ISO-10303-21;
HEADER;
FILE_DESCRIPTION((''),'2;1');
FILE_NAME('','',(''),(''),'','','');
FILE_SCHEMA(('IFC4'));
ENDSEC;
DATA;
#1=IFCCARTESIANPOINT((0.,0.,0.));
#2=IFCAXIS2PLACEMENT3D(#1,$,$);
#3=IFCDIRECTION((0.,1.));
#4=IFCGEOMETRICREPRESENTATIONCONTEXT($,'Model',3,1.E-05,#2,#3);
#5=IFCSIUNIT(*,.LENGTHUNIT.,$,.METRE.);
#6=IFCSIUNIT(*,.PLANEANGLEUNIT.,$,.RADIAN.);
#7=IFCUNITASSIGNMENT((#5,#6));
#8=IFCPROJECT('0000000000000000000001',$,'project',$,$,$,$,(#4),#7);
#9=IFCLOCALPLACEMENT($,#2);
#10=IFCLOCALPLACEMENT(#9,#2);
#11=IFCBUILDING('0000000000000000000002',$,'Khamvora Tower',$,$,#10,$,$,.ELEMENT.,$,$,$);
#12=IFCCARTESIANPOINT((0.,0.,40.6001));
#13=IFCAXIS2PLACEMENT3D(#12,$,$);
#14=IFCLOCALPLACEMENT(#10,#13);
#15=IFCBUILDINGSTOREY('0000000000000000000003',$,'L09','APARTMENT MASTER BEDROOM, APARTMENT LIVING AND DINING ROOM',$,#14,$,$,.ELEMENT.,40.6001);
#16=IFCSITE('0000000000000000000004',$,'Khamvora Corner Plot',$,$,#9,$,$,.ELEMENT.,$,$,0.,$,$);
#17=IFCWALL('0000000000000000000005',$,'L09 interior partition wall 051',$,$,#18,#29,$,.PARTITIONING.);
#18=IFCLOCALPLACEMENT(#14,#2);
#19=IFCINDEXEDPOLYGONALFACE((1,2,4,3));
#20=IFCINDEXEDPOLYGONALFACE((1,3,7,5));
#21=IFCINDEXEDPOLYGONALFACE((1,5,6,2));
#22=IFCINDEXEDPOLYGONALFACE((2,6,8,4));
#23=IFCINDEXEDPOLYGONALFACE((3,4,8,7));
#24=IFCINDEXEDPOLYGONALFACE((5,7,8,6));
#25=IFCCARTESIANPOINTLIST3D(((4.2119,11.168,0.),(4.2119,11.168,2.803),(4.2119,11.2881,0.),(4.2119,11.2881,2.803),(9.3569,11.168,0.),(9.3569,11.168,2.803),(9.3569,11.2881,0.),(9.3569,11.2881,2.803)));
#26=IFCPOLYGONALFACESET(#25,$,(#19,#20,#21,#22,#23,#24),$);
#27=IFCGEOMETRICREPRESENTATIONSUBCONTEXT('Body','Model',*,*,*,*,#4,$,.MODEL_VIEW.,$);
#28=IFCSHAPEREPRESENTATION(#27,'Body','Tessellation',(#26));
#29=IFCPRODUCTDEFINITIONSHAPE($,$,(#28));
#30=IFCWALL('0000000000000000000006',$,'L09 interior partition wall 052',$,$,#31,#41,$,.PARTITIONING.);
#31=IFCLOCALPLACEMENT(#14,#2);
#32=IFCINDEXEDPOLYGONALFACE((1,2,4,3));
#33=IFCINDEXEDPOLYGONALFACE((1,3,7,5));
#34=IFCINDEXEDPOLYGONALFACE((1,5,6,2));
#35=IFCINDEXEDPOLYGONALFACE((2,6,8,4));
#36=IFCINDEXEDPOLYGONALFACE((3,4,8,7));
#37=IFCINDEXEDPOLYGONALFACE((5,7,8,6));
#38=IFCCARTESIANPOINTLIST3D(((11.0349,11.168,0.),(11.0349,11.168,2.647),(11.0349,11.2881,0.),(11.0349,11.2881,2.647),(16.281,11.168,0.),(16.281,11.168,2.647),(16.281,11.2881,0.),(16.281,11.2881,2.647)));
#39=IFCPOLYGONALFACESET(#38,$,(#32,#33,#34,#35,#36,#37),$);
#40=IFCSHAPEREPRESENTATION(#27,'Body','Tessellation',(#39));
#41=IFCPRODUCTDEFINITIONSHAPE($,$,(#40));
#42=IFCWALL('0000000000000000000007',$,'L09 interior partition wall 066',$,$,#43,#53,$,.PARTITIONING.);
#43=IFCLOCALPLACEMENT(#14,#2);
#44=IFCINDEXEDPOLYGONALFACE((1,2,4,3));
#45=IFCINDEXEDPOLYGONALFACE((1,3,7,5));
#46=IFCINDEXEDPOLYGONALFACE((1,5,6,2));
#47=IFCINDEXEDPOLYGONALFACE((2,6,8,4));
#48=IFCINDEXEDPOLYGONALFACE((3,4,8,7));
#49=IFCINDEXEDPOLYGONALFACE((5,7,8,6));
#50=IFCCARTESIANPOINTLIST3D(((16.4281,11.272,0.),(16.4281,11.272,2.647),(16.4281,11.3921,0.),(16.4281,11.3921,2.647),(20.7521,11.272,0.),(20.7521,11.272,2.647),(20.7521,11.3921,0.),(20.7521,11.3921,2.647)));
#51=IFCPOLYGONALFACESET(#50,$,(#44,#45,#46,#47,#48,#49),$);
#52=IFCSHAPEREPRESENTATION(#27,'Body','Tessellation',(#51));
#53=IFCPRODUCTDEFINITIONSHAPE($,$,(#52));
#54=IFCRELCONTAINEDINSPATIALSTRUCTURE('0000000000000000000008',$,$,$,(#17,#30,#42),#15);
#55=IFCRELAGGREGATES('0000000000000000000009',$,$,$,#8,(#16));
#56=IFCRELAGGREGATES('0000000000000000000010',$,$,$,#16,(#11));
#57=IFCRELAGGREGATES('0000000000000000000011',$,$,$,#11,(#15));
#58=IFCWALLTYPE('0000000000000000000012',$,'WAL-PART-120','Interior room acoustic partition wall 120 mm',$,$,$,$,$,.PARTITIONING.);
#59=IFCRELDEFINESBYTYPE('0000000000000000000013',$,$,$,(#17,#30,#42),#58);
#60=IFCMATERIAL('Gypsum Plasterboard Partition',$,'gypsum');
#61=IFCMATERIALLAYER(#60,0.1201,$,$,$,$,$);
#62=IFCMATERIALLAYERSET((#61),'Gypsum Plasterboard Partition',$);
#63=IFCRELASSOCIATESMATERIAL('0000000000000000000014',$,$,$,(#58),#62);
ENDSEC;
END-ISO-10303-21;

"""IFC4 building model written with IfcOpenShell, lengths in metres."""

from ifc_helpers import new_model, si_unit, direction, frame, frame_2d, origin, place, context, subcontext, project, spatial, rectangle, extrude, material, layer, layer_set, type_object, element, save


model = new_model("IFC4")

# Units and contexts
model_context = context("Model", 3, precision=1e-05, world=origin(), true_north=direction((0.0, 1.0)))
body_context = subcontext(model_context, "Body", "Model", "MODEL_VIEW")
ifc_project = project(units=[si_unit("LENGTHUNIT", "METRE"), si_unit("PLANEANGLEUNIT", "RADIAN")], contexts=[model_context])

# Site, building, storey
site_placement = place(None, origin())
site = spatial("IfcSite", under=ifc_project, at=site_placement, Name="Khamvora Corner Plot", CompositionType="ELEMENT", RefElevation=0.0)
building_placement = place(site_placement, origin())
building = spatial("IfcBuilding", under=site, at=building_placement, Name="Khamvora Tower", CompositionType="ELEMENT")
storey_placement = place(building_placement, frame((0.0, 0.0, 40.6001)))
storey = spatial("IfcBuildingStorey", under=building, at=storey_placement, Name="L09", Description="APARTMENT MASTER BEDROOM, APARTMENT LIVING AND DINING ROOM", CompositionType="ELEMENT", Elevation=40.6001)

# Shared definitions
ifc_material_1 = material(Name="Gypsum Plasterboard Partition", Category="gypsum")
ifc_layer_1 = layer(ifc_material_1, 0.1201)
ifc_layer_set_1 = layer_set([ifc_layer_1], Name="Gypsum Plasterboard Partition")
wall_type_1 = type_object("IfcWallType", Name="WAL-PART-120", Description="Interior room acoustic partition wall 120 mm", PredefinedType="PARTITIONING", material=ifc_layer_set_1)

# Walls
wall_1_placement = place(storey_placement, frame((4.2119, 11.228, 0.0), z_axis=(0.0, 0.0, 1.0), x_axis=(1.0, 0.0, 0.0)))
element("IfcWall", 1, at=wall_1_placement, inside=storey, type_object=wall_type_1, Name="L09 interior partition wall 051", PredefinedType="PARTITIONING", context=body_context, shape_type="SweptSolid", body=[
    extrude(rectangle(XDim=5.145, YDim=0.1201, at=frame_2d((2.5725, 0.0))), origin(), (0.0, 0.0, 1.0), 2.803),
])
wall_2_placement = place(storey_placement, frame((11.0349, 11.228, 0.0), z_axis=(0.0, 0.0, 1.0), x_axis=(1.0, 0.0, 0.0)))
element("IfcWall", 2, at=wall_2_placement, inside=storey, type_object=wall_type_1, Name="L09 interior partition wall 052", PredefinedType="PARTITIONING", context=body_context, shape_type="SweptSolid", body=[
    extrude(rectangle(XDim=5.2461, YDim=0.1201, at=frame_2d((2.623, 0.0))), origin(), (0.0, 0.0, 1.0), 2.647),
])
wall_3_placement = place(storey_placement, frame((16.428, 11.332, 0.0), z_axis=(0.0, 0.0, 1.0), x_axis=(1.0, 0.0, 0.0)))
element("IfcWall", 3, at=wall_3_placement, inside=storey, type_object=wall_type_1, Name="L09 interior partition wall 066", PredefinedType="PARTITIONING", context=body_context, shape_type="SweptSolid", body=[
    extrude(rectangle(XDim=4.324, YDim=0.1201, at=frame_2d((2.1621, 0.0))), origin(), (0.0, 0.0, 1.0), 2.647),
])

save(model, "model.ifc")
